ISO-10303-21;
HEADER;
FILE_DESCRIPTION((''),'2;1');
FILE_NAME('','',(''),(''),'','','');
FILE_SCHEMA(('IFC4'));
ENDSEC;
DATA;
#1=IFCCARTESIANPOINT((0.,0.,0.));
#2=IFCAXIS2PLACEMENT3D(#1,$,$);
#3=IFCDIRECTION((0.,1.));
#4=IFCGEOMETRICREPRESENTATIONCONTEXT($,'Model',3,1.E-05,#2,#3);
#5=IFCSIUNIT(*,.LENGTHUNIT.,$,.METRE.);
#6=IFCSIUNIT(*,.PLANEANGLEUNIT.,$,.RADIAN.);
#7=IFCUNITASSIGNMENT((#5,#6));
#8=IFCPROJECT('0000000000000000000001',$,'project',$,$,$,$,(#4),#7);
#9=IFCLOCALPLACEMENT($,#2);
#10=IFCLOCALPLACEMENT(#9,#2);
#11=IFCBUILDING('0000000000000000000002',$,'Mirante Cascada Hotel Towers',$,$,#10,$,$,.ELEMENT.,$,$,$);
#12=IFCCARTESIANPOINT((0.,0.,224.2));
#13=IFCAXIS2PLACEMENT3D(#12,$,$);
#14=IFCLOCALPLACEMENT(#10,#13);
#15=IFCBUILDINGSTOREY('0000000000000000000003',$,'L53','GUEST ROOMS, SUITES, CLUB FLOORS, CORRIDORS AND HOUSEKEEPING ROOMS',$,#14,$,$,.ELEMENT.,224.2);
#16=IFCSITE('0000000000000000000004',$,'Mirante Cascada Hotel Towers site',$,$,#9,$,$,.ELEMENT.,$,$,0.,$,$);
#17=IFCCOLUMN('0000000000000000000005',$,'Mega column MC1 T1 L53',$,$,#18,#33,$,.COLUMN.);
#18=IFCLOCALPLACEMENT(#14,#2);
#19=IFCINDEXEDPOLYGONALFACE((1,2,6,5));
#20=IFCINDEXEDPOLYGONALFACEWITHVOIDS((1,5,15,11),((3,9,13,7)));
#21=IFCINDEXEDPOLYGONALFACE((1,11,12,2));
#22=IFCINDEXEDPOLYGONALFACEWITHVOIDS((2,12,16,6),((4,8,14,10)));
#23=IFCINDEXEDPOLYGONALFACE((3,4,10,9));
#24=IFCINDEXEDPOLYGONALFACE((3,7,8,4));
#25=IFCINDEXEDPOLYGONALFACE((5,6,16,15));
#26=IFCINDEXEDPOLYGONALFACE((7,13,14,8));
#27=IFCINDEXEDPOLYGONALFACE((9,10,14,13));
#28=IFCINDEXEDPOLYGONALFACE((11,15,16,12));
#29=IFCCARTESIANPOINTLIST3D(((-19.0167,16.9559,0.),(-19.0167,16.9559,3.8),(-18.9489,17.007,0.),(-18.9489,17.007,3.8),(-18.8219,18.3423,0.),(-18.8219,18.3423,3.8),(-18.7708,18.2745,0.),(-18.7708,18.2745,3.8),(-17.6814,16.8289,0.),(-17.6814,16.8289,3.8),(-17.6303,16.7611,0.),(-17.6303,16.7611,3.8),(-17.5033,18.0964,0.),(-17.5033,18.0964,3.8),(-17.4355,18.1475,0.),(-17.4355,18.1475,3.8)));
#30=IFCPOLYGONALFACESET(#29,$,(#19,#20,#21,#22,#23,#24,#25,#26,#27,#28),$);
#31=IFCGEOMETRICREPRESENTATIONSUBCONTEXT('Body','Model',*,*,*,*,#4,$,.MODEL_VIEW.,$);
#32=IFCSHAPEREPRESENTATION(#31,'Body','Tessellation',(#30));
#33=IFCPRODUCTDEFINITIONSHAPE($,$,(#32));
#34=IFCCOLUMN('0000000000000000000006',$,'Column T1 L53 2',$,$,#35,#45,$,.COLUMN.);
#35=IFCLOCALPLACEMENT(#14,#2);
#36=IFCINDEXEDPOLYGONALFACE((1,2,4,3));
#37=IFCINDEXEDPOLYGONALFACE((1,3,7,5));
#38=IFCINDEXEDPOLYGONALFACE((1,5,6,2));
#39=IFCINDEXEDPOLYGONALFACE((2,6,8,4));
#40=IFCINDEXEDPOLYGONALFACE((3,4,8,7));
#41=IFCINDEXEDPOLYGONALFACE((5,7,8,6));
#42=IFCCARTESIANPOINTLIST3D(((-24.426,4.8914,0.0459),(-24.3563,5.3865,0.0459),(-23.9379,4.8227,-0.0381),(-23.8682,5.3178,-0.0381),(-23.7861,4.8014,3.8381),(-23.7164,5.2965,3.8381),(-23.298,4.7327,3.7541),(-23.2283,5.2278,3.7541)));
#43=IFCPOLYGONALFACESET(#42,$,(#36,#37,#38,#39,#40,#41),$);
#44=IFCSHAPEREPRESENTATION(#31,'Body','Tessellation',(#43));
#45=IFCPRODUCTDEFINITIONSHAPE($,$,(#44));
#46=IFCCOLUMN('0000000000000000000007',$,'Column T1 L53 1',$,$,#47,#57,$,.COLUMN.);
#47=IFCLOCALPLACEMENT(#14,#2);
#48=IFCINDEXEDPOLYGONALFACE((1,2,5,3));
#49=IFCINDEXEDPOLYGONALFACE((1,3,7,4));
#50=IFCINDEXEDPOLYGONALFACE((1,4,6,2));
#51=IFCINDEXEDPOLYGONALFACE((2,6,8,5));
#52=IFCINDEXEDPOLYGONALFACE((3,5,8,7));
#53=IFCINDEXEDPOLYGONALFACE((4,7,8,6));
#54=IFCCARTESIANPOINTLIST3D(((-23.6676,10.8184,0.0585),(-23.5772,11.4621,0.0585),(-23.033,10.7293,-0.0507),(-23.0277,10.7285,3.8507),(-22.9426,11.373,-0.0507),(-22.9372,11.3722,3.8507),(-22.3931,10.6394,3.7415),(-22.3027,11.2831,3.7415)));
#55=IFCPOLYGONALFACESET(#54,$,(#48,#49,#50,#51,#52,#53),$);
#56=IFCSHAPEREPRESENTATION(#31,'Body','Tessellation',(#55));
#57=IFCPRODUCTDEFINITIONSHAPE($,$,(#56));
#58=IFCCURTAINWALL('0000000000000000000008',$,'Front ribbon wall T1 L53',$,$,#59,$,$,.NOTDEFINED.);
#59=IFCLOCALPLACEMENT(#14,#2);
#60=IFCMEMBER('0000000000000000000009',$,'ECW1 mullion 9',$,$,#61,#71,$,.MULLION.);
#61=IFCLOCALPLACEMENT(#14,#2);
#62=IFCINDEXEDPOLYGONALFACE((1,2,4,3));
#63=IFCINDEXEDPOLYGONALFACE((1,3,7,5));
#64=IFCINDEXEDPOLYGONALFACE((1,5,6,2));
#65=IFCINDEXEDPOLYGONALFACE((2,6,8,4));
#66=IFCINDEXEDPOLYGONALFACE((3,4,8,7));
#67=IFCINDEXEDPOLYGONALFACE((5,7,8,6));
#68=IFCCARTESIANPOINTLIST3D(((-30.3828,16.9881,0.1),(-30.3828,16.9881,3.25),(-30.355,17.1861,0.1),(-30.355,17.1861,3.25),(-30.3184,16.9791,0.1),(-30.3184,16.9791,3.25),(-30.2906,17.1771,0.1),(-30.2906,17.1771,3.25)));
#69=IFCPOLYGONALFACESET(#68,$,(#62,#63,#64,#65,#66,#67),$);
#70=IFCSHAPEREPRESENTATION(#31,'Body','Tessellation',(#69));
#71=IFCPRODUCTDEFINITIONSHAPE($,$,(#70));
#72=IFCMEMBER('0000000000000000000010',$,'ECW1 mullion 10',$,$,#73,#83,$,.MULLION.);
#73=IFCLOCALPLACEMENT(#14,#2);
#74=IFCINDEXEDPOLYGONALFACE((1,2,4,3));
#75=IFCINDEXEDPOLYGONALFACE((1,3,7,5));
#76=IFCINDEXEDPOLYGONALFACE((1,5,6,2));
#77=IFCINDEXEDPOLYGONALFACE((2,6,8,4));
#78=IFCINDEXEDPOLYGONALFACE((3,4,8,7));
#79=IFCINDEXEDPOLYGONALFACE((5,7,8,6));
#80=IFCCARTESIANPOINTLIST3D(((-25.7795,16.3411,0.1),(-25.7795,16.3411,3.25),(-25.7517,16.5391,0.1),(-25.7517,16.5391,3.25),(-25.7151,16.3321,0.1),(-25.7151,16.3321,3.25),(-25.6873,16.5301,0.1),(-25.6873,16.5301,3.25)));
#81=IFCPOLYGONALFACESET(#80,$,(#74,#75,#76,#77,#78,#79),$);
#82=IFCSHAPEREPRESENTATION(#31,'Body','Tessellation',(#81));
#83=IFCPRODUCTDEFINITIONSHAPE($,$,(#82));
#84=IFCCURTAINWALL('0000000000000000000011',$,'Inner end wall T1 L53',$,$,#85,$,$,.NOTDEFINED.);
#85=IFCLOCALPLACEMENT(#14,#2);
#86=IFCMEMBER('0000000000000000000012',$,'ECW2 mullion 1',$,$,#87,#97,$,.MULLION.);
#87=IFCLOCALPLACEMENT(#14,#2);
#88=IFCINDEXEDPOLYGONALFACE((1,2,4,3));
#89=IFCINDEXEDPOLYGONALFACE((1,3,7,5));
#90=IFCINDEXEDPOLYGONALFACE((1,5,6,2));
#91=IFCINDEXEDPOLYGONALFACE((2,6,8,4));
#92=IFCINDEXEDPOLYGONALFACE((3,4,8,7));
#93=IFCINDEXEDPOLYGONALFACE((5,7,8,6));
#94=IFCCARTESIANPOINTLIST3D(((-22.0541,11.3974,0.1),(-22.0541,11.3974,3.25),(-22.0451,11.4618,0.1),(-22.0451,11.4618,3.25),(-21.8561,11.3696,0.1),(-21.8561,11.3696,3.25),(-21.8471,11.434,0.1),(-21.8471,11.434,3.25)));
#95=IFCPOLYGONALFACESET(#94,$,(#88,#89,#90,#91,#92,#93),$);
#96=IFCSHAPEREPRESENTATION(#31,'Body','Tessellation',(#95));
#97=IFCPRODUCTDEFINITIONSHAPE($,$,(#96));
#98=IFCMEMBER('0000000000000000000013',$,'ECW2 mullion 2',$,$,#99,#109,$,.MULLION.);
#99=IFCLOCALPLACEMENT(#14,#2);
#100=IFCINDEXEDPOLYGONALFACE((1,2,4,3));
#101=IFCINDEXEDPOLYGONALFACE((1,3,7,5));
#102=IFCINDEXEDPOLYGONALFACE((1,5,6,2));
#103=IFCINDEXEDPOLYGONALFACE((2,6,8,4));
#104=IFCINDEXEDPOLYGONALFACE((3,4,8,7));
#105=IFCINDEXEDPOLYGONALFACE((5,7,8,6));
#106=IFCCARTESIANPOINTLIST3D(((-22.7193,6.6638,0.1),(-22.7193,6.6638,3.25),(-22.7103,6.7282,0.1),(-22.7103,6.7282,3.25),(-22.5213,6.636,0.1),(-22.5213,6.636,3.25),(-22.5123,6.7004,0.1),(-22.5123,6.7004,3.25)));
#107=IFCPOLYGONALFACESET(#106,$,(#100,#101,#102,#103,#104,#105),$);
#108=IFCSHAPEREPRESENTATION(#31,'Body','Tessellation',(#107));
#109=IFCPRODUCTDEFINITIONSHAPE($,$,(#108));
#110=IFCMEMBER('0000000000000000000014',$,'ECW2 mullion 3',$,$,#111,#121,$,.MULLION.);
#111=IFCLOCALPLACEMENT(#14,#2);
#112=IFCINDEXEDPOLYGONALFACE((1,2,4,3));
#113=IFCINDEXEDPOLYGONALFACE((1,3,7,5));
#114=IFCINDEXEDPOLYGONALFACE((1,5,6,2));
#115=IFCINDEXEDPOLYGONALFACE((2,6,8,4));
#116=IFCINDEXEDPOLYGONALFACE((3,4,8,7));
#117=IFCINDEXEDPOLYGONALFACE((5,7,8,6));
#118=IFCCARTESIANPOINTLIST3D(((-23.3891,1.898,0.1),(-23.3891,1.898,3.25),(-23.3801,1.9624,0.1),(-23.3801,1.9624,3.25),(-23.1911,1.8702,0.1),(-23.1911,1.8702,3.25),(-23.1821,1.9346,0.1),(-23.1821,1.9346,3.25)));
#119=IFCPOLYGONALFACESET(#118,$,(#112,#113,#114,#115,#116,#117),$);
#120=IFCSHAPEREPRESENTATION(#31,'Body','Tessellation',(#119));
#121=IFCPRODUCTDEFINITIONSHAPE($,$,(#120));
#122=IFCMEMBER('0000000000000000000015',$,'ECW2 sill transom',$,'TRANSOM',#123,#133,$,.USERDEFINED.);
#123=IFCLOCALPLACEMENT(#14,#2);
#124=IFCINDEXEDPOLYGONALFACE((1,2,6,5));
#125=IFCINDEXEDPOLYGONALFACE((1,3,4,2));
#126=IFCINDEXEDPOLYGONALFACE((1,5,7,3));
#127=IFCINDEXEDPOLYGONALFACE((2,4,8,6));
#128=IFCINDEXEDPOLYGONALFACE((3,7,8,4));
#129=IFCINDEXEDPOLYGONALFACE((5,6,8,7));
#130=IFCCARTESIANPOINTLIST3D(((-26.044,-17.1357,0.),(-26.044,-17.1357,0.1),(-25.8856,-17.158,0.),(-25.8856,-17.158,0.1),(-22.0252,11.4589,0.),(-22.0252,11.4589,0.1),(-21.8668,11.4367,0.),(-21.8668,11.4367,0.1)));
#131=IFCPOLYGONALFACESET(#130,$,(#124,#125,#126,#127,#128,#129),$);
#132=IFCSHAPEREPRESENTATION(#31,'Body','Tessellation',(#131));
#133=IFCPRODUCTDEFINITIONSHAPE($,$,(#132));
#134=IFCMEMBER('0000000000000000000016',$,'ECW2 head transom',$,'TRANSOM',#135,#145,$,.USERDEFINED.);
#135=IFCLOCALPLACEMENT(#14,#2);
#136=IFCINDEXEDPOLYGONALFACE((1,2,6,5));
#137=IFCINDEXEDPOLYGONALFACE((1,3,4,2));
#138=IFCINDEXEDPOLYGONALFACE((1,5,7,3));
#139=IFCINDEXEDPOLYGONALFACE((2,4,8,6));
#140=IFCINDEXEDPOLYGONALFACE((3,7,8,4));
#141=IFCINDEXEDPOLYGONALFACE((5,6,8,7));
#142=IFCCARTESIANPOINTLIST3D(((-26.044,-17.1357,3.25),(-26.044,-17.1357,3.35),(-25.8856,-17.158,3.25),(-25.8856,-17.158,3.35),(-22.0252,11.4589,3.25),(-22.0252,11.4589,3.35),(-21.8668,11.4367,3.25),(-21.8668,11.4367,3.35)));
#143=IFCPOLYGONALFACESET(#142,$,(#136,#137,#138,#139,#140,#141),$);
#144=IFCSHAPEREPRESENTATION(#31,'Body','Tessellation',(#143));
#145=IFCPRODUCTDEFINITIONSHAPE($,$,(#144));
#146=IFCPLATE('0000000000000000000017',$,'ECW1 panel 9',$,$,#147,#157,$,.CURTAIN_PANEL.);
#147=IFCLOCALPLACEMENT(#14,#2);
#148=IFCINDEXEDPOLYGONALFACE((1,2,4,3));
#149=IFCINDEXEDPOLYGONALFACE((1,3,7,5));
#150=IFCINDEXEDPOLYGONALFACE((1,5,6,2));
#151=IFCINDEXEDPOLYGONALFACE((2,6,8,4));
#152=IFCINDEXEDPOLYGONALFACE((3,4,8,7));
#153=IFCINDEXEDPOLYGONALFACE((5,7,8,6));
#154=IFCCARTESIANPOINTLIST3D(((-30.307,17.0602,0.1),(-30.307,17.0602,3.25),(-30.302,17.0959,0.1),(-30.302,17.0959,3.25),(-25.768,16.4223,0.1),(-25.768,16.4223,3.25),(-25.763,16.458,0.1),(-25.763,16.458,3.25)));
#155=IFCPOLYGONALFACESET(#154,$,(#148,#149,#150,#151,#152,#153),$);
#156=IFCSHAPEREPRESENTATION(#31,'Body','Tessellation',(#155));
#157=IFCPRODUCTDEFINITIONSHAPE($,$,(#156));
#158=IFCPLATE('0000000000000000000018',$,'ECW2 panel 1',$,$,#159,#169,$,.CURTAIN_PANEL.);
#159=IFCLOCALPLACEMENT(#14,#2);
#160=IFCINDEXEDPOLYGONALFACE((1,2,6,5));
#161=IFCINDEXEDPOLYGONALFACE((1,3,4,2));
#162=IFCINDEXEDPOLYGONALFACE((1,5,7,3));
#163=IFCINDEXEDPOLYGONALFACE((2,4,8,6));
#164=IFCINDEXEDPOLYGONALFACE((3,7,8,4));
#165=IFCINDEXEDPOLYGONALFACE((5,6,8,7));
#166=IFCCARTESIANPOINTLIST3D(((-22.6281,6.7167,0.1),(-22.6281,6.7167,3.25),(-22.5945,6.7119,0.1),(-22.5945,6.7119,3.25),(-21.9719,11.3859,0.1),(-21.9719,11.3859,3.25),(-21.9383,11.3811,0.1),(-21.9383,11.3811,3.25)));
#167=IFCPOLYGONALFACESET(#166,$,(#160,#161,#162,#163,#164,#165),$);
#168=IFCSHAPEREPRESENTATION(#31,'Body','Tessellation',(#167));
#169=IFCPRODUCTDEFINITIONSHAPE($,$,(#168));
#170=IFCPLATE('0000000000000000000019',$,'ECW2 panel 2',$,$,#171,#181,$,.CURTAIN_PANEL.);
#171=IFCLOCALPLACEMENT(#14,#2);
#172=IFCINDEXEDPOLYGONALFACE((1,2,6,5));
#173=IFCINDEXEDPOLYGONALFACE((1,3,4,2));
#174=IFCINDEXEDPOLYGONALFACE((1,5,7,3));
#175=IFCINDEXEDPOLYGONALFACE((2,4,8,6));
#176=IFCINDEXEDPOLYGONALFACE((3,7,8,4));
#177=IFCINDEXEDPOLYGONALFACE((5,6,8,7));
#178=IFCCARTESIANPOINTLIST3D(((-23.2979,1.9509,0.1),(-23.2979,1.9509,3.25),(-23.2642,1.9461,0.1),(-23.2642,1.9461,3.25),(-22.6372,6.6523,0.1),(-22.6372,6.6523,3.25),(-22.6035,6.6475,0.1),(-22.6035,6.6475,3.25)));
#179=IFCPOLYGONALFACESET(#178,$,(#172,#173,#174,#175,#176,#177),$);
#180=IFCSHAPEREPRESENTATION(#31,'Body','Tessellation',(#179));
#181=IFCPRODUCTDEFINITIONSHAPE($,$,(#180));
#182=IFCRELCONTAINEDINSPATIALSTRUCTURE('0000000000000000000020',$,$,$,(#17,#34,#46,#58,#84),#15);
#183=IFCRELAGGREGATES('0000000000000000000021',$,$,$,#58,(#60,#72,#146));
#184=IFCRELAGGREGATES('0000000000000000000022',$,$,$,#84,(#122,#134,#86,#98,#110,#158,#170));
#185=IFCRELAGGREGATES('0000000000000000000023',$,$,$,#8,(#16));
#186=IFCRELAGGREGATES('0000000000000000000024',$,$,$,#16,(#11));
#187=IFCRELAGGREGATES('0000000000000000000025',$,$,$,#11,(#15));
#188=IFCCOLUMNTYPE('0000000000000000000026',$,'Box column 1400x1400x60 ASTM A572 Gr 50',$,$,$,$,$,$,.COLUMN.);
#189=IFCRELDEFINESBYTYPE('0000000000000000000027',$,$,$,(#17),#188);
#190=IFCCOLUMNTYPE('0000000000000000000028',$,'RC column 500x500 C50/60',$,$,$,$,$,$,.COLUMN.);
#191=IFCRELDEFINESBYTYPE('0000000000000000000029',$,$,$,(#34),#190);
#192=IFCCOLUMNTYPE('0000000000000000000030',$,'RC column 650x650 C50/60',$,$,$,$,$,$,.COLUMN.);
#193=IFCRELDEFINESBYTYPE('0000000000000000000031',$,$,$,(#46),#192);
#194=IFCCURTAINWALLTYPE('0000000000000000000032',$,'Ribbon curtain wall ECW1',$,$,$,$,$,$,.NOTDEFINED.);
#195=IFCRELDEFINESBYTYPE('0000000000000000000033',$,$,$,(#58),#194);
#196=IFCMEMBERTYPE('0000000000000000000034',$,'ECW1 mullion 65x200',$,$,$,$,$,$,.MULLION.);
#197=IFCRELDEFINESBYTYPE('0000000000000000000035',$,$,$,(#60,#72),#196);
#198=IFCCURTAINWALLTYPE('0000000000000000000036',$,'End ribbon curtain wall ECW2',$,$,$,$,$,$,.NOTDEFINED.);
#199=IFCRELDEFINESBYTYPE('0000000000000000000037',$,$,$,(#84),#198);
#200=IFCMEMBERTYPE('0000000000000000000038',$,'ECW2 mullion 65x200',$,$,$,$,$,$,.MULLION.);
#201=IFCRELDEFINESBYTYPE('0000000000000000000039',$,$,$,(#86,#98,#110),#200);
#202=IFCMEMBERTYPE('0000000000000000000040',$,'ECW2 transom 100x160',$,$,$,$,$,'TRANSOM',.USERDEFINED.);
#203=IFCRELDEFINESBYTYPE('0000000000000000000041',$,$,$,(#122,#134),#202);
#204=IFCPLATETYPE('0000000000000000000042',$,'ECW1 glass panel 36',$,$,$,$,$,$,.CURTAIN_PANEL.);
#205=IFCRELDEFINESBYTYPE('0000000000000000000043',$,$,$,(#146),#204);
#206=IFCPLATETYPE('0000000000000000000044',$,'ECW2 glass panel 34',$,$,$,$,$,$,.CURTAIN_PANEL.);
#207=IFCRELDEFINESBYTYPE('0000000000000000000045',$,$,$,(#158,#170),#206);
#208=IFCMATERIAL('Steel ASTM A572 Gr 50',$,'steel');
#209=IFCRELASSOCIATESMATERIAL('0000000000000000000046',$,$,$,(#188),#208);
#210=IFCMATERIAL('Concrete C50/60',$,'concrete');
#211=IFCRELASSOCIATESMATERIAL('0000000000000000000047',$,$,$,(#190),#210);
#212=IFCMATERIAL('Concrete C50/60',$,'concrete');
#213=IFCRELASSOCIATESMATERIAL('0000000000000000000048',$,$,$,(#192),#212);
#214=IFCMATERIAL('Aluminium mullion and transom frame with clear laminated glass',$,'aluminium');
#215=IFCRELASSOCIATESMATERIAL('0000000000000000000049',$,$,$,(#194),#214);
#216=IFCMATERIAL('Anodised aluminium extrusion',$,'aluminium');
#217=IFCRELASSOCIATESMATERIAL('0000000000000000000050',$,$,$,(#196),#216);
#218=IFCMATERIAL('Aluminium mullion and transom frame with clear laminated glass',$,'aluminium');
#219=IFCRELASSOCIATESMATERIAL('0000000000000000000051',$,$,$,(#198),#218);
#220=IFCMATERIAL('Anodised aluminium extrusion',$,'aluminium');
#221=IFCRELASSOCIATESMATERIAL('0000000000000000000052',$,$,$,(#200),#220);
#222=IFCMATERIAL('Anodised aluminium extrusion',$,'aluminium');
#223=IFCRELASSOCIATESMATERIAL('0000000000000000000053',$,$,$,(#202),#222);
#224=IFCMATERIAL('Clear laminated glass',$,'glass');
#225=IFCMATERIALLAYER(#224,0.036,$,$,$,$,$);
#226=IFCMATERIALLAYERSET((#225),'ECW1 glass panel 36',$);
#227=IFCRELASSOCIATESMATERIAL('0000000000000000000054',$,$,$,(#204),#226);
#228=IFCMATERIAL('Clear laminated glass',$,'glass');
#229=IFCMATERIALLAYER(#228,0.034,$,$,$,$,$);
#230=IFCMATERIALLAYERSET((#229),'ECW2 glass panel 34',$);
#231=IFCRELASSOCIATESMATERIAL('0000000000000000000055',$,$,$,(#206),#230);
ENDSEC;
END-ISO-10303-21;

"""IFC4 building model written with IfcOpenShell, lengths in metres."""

from ifc_helpers import new_model, si_unit, direction, frame, origin, origin_2d, place, context, subcontext, project, spatial, rectangle, hollow_rectangle, extrude, material, layer, layer_set, material_profile, profile_set, type_object, element, aggregate, save


model = new_model("IFC4")

# Units and contexts
model_context = context("Model", 3, precision=1e-05, world=origin(), true_north=direction((0.0, 1.0)))
body_context = subcontext(model_context, "Body", "Model", "MODEL_VIEW")
ifc_project = project(units=[si_unit("LENGTHUNIT", "METRE"), si_unit("PLANEANGLEUNIT", "RADIAN")], contexts=[model_context])

# Site, building, storey
site_placement = place(None, origin())
site = spatial("IfcSite", under=ifc_project, at=site_placement, Name="Mirante Cascada Hotel Towers site", CompositionType="ELEMENT", RefElevation=0.0)
building_placement = place(site_placement, origin())
building = spatial("IfcBuilding", under=site, at=building_placement, Name="Mirante Cascada Hotel Towers", CompositionType="ELEMENT")
storey_placement = place(building_placement, frame((0.0, 0.0, 224.2)))
storey = spatial("IfcBuildingStorey", under=building, at=storey_placement, Name="L53", Description="GUEST ROOMS, SUITES, CLUB FLOORS, CORRIDORS AND HOUSEKEEPING ROOMS", CompositionType="ELEMENT", Elevation=224.2)

# Columns
ifc_material_1 = material(Name="Steel ASTM A572 Gr 50", Category="steel")
ifc_material_profile_1 = material_profile(ifc_material_1, hollow_rectangle(XDim=1.4, YDim=1.4, WallThickness=0.06, at=origin_2d()), Name="Box column 1400x1400x60 ASTM A572 Gr 50")
ifc_profile_set_1 = profile_set([ifc_material_profile_1], Name="Steel ASTM A572 Gr 50")
column_type_1 = type_object("IfcColumnType", Name="Box column 1400x1400x60 ASTM A572 Gr 50", PredefinedType="COLUMN", material=ifc_profile_set_1)
column_1_placement = place(storey_placement, frame((-18.2261, 17.5517, 0.0), z_axis=(0.0, 0.0, 1.0), x_axis=(-0.990268, 0.139173, 0.0)))
element("IfcColumn", 1, at=column_1_placement, inside=storey, type_object=column_type_1, Name="Mega column MC1 T1 L53", PredefinedType="COLUMN", context=body_context, shape_type="SweptSolid", body=[
    extrude(hollow_rectangle(XDim=1.4, YDim=1.4, WallThickness=0.06, at=origin_2d()), origin(), (0.0, 0.0, 1.0), 3.8),
])
ifc_material_2 = material(Name="Concrete C50/60", Category="concrete")
ifc_material_profile_2 = material_profile(ifc_material_2, rectangle(XDim=0.5, YDim=0.5, at=origin_2d()), Name="RC column 500x500 C50/60")
ifc_profile_set_2 = profile_set([ifc_material_profile_2], Name="Concrete C50/60")
column_type_2 = type_object("IfcColumnType", Name="RC column 500x500 C50/60", PredefinedType="COLUMN", material=ifc_profile_set_2)
column_2_placement = place(storey_placement, frame((-24.1471, 5.1046, 0.0039), z_axis=(0.166343, -0.023396, 0.98579), x_axis=(0.139276, 0.990254, 0.0)))
element("IfcColumn", 2, at=column_2_placement, inside=storey, type_object=column_type_2, Name="Column T1 L53 2", PredefinedType="COLUMN", context=body_context, shape_type="SweptSolid", body=[
    extrude(rectangle(XDim=0.5, YDim=0.5, at=origin_2d()), origin(), (0.0, 0.0, 1.0), 3.8469),
])
ifc_material_3 = material(Name="Concrete C50/60", Category="concrete")
ifc_material_profile_3 = material_profile(ifc_material_3, rectangle(XDim=0.65, YDim=0.65, at=origin_2d()), Name="RC column 650x650 C50/60")
ifc_profile_set_3 = profile_set([ifc_material_profile_3], Name="Concrete C50/60")
column_type_3 = type_object("IfcColumnType", Name="RC column 650x650 C50/60", PredefinedType="COLUMN", material=ifc_profile_set_3)
column_3_placement = place(storey_placement, frame((-23.3051, 11.0957, 0.0039), z_axis=(0.166343, -0.02337, 0.985791), x_axis=(0.139124, 0.990275, 0.0)))
element("IfcColumn", 3, at=column_3_placement, inside=storey, type_object=column_type_3, Name="Column T1 L53 1", PredefinedType="COLUMN", context=body_context, shape_type="SweptSolid", body=[
    extrude(rectangle(XDim=0.65, YDim=0.65, at=origin_2d()), origin(), (0.0, 0.0, 1.0), 3.8469),
])

# Curtain walls, members
ifc_material_4 = material(Name="Aluminium mullion and transom frame with clear laminated glass", Category="aluminium")
curtain_wall_type_1 = type_object("IfcCurtainWallType", Name="Ribbon curtain wall ECW1", PredefinedType="NOTDEFINED", material=ifc_material_4)
curtain_wall_1_placement = place(storey_placement, origin())
curtain_wall_1 = element("IfcCurtainWall", 4, at=curtain_wall_1_placement, inside=storey, type_object=curtain_wall_type_1, Name="Front ribbon wall T1 L53", PredefinedType="NOTDEFINED")
ifc_material_5 = material(Name="Anodised aluminium extrusion", Category="aluminium")
ifc_material_profile_4 = material_profile(ifc_material_5, rectangle(XDim=0.2, YDim=0.065, at=origin_2d()), Name="ECW1 MULLION 65x200")
ifc_profile_set_4 = profile_set([ifc_material_profile_4], Name="Anodised aluminium extrusion")
member_type_1 = type_object("IfcMemberType", Name="ECW1 mullion 65x200", PredefinedType="MULLION", material=ifc_profile_set_4)
member_1_placement = place(storey_placement, frame((-30.3367, 17.0826, 0.1), z_axis=(0.0, 0.0, 1.0), x_axis=(0.139173, 0.990268, 0.0)))
member_1 = element("IfcMember", 5, at=member_1_placement, type_object=member_type_1, Name="ECW1 mullion 9", PredefinedType="MULLION", context=body_context, shape_type="SweptSolid", body=[
    extrude(rectangle(XDim=0.2, YDim=0.065, at=origin_2d()), origin(), (0.0, 0.0, 1.0), 3.15),
])
member_2_placement = place(storey_placement, frame((-25.7334, 16.4356, 0.1), z_axis=(0.0, 0.0, 1.0), x_axis=(0.139173, 0.990268, 0.0)))
member_2 = element("IfcMember", 6, at=member_2_placement, type_object=member_type_1, Name="ECW1 mullion 10", PredefinedType="MULLION", context=body_context, shape_type="SweptSolid", body=[
    extrude(rectangle(XDim=0.2, YDim=0.065, at=origin_2d()), origin(), (0.0, 0.0, 1.0), 3.15),
])
ifc_material_6 = material(Name="Aluminium mullion and transom frame with clear laminated glass", Category="aluminium")
curtain_wall_type_2 = type_object("IfcCurtainWallType", Name="End ribbon curtain wall ECW2", PredefinedType="NOTDEFINED", material=ifc_material_6)
curtain_wall_2_placement = place(storey_placement, origin())
curtain_wall_2 = element("IfcCurtainWall", 7, at=curtain_wall_2_placement, inside=storey, type_object=curtain_wall_type_2, Name="Inner end wall T1 L53", PredefinedType="NOTDEFINED")
ifc_material_7 = material(Name="Anodised aluminium extrusion", Category="aluminium")
ifc_material_profile_5 = material_profile(ifc_material_7, rectangle(XDim=0.2, YDim=0.065, at=origin_2d()), Name="ECW2 MULLION 65x200")
ifc_profile_set_5 = profile_set([ifc_material_profile_5], Name="Anodised aluminium extrusion")
member_type_2 = type_object("IfcMemberType", Name="ECW2 mullion 65x200", PredefinedType="MULLION", material=ifc_profile_set_5)
member_3_placement = place(storey_placement, frame((-21.9506, 11.4157, 0.1), z_axis=(0.0, 0.0, 1.0), x_axis=(0.990268, -0.139173, 0.0)))
member_3 = element("IfcMember", 8, at=member_3_placement, type_object=member_type_2, Name="ECW2 mullion 1", PredefinedType="MULLION", context=body_context, shape_type="SweptSolid", body=[
    extrude(rectangle(XDim=0.2, YDim=0.065, at=origin_2d()), origin(), (0.0, 0.0, 1.0), 3.15),
])
member_4_placement = place(storey_placement, frame((-22.6158, 6.6821, 0.1), z_axis=(0.0, 0.0, 1.0), x_axis=(0.990268, -0.139173, 0.0)))
member_4 = element("IfcMember", 9, at=member_4_placement, type_object=member_type_2, Name="ECW2 mullion 2", PredefinedType="MULLION", context=body_context, shape_type="SweptSolid", body=[
    extrude(rectangle(XDim=0.2, YDim=0.065, at=origin_2d()), origin(), (0.0, 0.0, 1.0), 3.15),
])
member_5_placement = place(storey_placement, frame((-23.2856, 1.9163, 0.1), z_axis=(0.0, 0.0, 1.0), x_axis=(0.990268, -0.139173, 0.0)))
member_5 = element("IfcMember", 10, at=member_5_placement, type_object=member_type_2, Name="ECW2 mullion 3", PredefinedType="MULLION", context=body_context, shape_type="SweptSolid", body=[
    extrude(rectangle(XDim=0.2, YDim=0.065, at=origin_2d()), origin(), (0.0, 0.0, 1.0), 3.15),
])
ifc_material_8 = material(Name="Anodised aluminium extrusion", Category="aluminium")
ifc_material_profile_6 = material_profile(ifc_material_8, rectangle(XDim=0.16, YDim=0.1, at=origin_2d()), Name="ECW2 TRANSOM 100x160")
ifc_profile_set_6 = profile_set([ifc_material_profile_6], Name="Anodised aluminium extrusion")
member_type_3 = type_object("IfcMemberType", Name="ECW2 transom 100x160", ElementType="TRANSOM", PredefinedType="USERDEFINED", material=ifc_profile_set_6)
member_6_placement = place(storey_placement, frame((-21.946, 11.4478, 0.05), z_axis=(-0.139176, -0.990268, 0.0), x_axis=(0.990268, -0.139176, 0.0)))
member_6 = element("IfcMember", 11, at=member_6_placement, type_object=member_type_3, Name="ECW2 sill transom", ObjectType="TRANSOM", PredefinedType="USERDEFINED", context=body_context, shape_type="SweptSolid", body=[
    extrude(rectangle(XDim=0.16, YDim=0.1, at=origin_2d()), origin(), (0.0, 0.0, 1.0), 28.8757),
])
member_7_placement = place(storey_placement, frame((-21.946, 11.4478, 3.3), z_axis=(-0.139176, -0.990268, 0.0), x_axis=(0.990268, -0.139176, 0.0)))
member_7 = element("IfcMember", 12, at=member_7_placement, type_object=member_type_3, Name="ECW2 head transom", ObjectType="TRANSOM", PredefinedType="USERDEFINED", context=body_context, shape_type="SweptSolid", body=[
    extrude(rectangle(XDim=0.16, YDim=0.1, at=origin_2d()), origin(), (0.0, 0.0, 1.0), 28.8757),
])

# Plates
ifc_material_9 = material(Name="Clear laminated glass", Category="glass")
ifc_layer_1 = layer(ifc_material_9, 0.036)
ifc_layer_set_1 = layer_set([ifc_layer_1], Name="ECW1 glass panel 36")
plate_type_1 = type_object("IfcPlateType", Name="ECW1 glass panel 36", PredefinedType="CURTAIN_PANEL", material=ifc_layer_set_1)
plate_1_placement = place(storey_placement, frame((-28.035, 16.7591, 0.1), z_axis=(0.0, 0.0, 1.0), x_axis=(0.990268, -0.139173, 0.0)))
plate_1 = element("IfcPlate", 13, at=plate_1_placement, type_object=plate_type_1, Name="ECW1 panel 9", PredefinedType="CURTAIN_PANEL", context=body_context, shape_type="SweptSolid", body=[
    extrude(rectangle(XDim=4.5836, YDim=0.036, at=origin_2d()), origin(), (0.0, 0.0, 1.0), 3.15),
])
aggregate(curtain_wall_1, [member_1, member_2, plate_1])
ifc_material_10 = material(Name="Clear laminated glass", Category="glass")
ifc_layer_2 = layer(ifc_material_10, 0.034)
ifc_layer_set_2 = layer_set([ifc_layer_2], Name="ECW2 glass panel 34")
plate_type_2 = type_object("IfcPlateType", Name="ECW2 glass panel 34", PredefinedType="CURTAIN_PANEL", material=ifc_layer_set_2)
plate_2_placement = place(storey_placement, frame((-22.2832, 9.0489, 0.1), z_axis=(0.0, 0.0, 1.0), x_axis=(-0.139173, -0.990268, 0.0)))
plate_2 = element("IfcPlate", 14, at=plate_2_placement, type_object=plate_type_2, Name="ECW2 panel 1", PredefinedType="CURTAIN_PANEL", context=body_context, shape_type="SweptSolid", body=[
    extrude(rectangle(XDim=4.7151, YDim=0.034, at=origin_2d()), origin(), (0.0, 0.0, 1.0), 3.15),
])
plate_3_placement = place(storey_placement, frame((-22.9507, 4.2992, 0.1), z_axis=(0.0, 0.0, 1.0), x_axis=(-0.139173, -0.990268, 0.0)))
plate_3 = element("IfcPlate", 15, at=plate_3_placement, type_object=plate_type_2, Name="ECW2 panel 2", PredefinedType="CURTAIN_PANEL", context=body_context, shape_type="SweptSolid", body=[
    extrude(rectangle(XDim=4.7476, YDim=0.034, at=origin_2d()), origin(), (0.0, 0.0, 1.0), 3.15),
])
aggregate(curtain_wall_2, [member_6, member_7, member_3, member_4, member_5, plate_2, plate_3])

save(model, "model.ifc")
